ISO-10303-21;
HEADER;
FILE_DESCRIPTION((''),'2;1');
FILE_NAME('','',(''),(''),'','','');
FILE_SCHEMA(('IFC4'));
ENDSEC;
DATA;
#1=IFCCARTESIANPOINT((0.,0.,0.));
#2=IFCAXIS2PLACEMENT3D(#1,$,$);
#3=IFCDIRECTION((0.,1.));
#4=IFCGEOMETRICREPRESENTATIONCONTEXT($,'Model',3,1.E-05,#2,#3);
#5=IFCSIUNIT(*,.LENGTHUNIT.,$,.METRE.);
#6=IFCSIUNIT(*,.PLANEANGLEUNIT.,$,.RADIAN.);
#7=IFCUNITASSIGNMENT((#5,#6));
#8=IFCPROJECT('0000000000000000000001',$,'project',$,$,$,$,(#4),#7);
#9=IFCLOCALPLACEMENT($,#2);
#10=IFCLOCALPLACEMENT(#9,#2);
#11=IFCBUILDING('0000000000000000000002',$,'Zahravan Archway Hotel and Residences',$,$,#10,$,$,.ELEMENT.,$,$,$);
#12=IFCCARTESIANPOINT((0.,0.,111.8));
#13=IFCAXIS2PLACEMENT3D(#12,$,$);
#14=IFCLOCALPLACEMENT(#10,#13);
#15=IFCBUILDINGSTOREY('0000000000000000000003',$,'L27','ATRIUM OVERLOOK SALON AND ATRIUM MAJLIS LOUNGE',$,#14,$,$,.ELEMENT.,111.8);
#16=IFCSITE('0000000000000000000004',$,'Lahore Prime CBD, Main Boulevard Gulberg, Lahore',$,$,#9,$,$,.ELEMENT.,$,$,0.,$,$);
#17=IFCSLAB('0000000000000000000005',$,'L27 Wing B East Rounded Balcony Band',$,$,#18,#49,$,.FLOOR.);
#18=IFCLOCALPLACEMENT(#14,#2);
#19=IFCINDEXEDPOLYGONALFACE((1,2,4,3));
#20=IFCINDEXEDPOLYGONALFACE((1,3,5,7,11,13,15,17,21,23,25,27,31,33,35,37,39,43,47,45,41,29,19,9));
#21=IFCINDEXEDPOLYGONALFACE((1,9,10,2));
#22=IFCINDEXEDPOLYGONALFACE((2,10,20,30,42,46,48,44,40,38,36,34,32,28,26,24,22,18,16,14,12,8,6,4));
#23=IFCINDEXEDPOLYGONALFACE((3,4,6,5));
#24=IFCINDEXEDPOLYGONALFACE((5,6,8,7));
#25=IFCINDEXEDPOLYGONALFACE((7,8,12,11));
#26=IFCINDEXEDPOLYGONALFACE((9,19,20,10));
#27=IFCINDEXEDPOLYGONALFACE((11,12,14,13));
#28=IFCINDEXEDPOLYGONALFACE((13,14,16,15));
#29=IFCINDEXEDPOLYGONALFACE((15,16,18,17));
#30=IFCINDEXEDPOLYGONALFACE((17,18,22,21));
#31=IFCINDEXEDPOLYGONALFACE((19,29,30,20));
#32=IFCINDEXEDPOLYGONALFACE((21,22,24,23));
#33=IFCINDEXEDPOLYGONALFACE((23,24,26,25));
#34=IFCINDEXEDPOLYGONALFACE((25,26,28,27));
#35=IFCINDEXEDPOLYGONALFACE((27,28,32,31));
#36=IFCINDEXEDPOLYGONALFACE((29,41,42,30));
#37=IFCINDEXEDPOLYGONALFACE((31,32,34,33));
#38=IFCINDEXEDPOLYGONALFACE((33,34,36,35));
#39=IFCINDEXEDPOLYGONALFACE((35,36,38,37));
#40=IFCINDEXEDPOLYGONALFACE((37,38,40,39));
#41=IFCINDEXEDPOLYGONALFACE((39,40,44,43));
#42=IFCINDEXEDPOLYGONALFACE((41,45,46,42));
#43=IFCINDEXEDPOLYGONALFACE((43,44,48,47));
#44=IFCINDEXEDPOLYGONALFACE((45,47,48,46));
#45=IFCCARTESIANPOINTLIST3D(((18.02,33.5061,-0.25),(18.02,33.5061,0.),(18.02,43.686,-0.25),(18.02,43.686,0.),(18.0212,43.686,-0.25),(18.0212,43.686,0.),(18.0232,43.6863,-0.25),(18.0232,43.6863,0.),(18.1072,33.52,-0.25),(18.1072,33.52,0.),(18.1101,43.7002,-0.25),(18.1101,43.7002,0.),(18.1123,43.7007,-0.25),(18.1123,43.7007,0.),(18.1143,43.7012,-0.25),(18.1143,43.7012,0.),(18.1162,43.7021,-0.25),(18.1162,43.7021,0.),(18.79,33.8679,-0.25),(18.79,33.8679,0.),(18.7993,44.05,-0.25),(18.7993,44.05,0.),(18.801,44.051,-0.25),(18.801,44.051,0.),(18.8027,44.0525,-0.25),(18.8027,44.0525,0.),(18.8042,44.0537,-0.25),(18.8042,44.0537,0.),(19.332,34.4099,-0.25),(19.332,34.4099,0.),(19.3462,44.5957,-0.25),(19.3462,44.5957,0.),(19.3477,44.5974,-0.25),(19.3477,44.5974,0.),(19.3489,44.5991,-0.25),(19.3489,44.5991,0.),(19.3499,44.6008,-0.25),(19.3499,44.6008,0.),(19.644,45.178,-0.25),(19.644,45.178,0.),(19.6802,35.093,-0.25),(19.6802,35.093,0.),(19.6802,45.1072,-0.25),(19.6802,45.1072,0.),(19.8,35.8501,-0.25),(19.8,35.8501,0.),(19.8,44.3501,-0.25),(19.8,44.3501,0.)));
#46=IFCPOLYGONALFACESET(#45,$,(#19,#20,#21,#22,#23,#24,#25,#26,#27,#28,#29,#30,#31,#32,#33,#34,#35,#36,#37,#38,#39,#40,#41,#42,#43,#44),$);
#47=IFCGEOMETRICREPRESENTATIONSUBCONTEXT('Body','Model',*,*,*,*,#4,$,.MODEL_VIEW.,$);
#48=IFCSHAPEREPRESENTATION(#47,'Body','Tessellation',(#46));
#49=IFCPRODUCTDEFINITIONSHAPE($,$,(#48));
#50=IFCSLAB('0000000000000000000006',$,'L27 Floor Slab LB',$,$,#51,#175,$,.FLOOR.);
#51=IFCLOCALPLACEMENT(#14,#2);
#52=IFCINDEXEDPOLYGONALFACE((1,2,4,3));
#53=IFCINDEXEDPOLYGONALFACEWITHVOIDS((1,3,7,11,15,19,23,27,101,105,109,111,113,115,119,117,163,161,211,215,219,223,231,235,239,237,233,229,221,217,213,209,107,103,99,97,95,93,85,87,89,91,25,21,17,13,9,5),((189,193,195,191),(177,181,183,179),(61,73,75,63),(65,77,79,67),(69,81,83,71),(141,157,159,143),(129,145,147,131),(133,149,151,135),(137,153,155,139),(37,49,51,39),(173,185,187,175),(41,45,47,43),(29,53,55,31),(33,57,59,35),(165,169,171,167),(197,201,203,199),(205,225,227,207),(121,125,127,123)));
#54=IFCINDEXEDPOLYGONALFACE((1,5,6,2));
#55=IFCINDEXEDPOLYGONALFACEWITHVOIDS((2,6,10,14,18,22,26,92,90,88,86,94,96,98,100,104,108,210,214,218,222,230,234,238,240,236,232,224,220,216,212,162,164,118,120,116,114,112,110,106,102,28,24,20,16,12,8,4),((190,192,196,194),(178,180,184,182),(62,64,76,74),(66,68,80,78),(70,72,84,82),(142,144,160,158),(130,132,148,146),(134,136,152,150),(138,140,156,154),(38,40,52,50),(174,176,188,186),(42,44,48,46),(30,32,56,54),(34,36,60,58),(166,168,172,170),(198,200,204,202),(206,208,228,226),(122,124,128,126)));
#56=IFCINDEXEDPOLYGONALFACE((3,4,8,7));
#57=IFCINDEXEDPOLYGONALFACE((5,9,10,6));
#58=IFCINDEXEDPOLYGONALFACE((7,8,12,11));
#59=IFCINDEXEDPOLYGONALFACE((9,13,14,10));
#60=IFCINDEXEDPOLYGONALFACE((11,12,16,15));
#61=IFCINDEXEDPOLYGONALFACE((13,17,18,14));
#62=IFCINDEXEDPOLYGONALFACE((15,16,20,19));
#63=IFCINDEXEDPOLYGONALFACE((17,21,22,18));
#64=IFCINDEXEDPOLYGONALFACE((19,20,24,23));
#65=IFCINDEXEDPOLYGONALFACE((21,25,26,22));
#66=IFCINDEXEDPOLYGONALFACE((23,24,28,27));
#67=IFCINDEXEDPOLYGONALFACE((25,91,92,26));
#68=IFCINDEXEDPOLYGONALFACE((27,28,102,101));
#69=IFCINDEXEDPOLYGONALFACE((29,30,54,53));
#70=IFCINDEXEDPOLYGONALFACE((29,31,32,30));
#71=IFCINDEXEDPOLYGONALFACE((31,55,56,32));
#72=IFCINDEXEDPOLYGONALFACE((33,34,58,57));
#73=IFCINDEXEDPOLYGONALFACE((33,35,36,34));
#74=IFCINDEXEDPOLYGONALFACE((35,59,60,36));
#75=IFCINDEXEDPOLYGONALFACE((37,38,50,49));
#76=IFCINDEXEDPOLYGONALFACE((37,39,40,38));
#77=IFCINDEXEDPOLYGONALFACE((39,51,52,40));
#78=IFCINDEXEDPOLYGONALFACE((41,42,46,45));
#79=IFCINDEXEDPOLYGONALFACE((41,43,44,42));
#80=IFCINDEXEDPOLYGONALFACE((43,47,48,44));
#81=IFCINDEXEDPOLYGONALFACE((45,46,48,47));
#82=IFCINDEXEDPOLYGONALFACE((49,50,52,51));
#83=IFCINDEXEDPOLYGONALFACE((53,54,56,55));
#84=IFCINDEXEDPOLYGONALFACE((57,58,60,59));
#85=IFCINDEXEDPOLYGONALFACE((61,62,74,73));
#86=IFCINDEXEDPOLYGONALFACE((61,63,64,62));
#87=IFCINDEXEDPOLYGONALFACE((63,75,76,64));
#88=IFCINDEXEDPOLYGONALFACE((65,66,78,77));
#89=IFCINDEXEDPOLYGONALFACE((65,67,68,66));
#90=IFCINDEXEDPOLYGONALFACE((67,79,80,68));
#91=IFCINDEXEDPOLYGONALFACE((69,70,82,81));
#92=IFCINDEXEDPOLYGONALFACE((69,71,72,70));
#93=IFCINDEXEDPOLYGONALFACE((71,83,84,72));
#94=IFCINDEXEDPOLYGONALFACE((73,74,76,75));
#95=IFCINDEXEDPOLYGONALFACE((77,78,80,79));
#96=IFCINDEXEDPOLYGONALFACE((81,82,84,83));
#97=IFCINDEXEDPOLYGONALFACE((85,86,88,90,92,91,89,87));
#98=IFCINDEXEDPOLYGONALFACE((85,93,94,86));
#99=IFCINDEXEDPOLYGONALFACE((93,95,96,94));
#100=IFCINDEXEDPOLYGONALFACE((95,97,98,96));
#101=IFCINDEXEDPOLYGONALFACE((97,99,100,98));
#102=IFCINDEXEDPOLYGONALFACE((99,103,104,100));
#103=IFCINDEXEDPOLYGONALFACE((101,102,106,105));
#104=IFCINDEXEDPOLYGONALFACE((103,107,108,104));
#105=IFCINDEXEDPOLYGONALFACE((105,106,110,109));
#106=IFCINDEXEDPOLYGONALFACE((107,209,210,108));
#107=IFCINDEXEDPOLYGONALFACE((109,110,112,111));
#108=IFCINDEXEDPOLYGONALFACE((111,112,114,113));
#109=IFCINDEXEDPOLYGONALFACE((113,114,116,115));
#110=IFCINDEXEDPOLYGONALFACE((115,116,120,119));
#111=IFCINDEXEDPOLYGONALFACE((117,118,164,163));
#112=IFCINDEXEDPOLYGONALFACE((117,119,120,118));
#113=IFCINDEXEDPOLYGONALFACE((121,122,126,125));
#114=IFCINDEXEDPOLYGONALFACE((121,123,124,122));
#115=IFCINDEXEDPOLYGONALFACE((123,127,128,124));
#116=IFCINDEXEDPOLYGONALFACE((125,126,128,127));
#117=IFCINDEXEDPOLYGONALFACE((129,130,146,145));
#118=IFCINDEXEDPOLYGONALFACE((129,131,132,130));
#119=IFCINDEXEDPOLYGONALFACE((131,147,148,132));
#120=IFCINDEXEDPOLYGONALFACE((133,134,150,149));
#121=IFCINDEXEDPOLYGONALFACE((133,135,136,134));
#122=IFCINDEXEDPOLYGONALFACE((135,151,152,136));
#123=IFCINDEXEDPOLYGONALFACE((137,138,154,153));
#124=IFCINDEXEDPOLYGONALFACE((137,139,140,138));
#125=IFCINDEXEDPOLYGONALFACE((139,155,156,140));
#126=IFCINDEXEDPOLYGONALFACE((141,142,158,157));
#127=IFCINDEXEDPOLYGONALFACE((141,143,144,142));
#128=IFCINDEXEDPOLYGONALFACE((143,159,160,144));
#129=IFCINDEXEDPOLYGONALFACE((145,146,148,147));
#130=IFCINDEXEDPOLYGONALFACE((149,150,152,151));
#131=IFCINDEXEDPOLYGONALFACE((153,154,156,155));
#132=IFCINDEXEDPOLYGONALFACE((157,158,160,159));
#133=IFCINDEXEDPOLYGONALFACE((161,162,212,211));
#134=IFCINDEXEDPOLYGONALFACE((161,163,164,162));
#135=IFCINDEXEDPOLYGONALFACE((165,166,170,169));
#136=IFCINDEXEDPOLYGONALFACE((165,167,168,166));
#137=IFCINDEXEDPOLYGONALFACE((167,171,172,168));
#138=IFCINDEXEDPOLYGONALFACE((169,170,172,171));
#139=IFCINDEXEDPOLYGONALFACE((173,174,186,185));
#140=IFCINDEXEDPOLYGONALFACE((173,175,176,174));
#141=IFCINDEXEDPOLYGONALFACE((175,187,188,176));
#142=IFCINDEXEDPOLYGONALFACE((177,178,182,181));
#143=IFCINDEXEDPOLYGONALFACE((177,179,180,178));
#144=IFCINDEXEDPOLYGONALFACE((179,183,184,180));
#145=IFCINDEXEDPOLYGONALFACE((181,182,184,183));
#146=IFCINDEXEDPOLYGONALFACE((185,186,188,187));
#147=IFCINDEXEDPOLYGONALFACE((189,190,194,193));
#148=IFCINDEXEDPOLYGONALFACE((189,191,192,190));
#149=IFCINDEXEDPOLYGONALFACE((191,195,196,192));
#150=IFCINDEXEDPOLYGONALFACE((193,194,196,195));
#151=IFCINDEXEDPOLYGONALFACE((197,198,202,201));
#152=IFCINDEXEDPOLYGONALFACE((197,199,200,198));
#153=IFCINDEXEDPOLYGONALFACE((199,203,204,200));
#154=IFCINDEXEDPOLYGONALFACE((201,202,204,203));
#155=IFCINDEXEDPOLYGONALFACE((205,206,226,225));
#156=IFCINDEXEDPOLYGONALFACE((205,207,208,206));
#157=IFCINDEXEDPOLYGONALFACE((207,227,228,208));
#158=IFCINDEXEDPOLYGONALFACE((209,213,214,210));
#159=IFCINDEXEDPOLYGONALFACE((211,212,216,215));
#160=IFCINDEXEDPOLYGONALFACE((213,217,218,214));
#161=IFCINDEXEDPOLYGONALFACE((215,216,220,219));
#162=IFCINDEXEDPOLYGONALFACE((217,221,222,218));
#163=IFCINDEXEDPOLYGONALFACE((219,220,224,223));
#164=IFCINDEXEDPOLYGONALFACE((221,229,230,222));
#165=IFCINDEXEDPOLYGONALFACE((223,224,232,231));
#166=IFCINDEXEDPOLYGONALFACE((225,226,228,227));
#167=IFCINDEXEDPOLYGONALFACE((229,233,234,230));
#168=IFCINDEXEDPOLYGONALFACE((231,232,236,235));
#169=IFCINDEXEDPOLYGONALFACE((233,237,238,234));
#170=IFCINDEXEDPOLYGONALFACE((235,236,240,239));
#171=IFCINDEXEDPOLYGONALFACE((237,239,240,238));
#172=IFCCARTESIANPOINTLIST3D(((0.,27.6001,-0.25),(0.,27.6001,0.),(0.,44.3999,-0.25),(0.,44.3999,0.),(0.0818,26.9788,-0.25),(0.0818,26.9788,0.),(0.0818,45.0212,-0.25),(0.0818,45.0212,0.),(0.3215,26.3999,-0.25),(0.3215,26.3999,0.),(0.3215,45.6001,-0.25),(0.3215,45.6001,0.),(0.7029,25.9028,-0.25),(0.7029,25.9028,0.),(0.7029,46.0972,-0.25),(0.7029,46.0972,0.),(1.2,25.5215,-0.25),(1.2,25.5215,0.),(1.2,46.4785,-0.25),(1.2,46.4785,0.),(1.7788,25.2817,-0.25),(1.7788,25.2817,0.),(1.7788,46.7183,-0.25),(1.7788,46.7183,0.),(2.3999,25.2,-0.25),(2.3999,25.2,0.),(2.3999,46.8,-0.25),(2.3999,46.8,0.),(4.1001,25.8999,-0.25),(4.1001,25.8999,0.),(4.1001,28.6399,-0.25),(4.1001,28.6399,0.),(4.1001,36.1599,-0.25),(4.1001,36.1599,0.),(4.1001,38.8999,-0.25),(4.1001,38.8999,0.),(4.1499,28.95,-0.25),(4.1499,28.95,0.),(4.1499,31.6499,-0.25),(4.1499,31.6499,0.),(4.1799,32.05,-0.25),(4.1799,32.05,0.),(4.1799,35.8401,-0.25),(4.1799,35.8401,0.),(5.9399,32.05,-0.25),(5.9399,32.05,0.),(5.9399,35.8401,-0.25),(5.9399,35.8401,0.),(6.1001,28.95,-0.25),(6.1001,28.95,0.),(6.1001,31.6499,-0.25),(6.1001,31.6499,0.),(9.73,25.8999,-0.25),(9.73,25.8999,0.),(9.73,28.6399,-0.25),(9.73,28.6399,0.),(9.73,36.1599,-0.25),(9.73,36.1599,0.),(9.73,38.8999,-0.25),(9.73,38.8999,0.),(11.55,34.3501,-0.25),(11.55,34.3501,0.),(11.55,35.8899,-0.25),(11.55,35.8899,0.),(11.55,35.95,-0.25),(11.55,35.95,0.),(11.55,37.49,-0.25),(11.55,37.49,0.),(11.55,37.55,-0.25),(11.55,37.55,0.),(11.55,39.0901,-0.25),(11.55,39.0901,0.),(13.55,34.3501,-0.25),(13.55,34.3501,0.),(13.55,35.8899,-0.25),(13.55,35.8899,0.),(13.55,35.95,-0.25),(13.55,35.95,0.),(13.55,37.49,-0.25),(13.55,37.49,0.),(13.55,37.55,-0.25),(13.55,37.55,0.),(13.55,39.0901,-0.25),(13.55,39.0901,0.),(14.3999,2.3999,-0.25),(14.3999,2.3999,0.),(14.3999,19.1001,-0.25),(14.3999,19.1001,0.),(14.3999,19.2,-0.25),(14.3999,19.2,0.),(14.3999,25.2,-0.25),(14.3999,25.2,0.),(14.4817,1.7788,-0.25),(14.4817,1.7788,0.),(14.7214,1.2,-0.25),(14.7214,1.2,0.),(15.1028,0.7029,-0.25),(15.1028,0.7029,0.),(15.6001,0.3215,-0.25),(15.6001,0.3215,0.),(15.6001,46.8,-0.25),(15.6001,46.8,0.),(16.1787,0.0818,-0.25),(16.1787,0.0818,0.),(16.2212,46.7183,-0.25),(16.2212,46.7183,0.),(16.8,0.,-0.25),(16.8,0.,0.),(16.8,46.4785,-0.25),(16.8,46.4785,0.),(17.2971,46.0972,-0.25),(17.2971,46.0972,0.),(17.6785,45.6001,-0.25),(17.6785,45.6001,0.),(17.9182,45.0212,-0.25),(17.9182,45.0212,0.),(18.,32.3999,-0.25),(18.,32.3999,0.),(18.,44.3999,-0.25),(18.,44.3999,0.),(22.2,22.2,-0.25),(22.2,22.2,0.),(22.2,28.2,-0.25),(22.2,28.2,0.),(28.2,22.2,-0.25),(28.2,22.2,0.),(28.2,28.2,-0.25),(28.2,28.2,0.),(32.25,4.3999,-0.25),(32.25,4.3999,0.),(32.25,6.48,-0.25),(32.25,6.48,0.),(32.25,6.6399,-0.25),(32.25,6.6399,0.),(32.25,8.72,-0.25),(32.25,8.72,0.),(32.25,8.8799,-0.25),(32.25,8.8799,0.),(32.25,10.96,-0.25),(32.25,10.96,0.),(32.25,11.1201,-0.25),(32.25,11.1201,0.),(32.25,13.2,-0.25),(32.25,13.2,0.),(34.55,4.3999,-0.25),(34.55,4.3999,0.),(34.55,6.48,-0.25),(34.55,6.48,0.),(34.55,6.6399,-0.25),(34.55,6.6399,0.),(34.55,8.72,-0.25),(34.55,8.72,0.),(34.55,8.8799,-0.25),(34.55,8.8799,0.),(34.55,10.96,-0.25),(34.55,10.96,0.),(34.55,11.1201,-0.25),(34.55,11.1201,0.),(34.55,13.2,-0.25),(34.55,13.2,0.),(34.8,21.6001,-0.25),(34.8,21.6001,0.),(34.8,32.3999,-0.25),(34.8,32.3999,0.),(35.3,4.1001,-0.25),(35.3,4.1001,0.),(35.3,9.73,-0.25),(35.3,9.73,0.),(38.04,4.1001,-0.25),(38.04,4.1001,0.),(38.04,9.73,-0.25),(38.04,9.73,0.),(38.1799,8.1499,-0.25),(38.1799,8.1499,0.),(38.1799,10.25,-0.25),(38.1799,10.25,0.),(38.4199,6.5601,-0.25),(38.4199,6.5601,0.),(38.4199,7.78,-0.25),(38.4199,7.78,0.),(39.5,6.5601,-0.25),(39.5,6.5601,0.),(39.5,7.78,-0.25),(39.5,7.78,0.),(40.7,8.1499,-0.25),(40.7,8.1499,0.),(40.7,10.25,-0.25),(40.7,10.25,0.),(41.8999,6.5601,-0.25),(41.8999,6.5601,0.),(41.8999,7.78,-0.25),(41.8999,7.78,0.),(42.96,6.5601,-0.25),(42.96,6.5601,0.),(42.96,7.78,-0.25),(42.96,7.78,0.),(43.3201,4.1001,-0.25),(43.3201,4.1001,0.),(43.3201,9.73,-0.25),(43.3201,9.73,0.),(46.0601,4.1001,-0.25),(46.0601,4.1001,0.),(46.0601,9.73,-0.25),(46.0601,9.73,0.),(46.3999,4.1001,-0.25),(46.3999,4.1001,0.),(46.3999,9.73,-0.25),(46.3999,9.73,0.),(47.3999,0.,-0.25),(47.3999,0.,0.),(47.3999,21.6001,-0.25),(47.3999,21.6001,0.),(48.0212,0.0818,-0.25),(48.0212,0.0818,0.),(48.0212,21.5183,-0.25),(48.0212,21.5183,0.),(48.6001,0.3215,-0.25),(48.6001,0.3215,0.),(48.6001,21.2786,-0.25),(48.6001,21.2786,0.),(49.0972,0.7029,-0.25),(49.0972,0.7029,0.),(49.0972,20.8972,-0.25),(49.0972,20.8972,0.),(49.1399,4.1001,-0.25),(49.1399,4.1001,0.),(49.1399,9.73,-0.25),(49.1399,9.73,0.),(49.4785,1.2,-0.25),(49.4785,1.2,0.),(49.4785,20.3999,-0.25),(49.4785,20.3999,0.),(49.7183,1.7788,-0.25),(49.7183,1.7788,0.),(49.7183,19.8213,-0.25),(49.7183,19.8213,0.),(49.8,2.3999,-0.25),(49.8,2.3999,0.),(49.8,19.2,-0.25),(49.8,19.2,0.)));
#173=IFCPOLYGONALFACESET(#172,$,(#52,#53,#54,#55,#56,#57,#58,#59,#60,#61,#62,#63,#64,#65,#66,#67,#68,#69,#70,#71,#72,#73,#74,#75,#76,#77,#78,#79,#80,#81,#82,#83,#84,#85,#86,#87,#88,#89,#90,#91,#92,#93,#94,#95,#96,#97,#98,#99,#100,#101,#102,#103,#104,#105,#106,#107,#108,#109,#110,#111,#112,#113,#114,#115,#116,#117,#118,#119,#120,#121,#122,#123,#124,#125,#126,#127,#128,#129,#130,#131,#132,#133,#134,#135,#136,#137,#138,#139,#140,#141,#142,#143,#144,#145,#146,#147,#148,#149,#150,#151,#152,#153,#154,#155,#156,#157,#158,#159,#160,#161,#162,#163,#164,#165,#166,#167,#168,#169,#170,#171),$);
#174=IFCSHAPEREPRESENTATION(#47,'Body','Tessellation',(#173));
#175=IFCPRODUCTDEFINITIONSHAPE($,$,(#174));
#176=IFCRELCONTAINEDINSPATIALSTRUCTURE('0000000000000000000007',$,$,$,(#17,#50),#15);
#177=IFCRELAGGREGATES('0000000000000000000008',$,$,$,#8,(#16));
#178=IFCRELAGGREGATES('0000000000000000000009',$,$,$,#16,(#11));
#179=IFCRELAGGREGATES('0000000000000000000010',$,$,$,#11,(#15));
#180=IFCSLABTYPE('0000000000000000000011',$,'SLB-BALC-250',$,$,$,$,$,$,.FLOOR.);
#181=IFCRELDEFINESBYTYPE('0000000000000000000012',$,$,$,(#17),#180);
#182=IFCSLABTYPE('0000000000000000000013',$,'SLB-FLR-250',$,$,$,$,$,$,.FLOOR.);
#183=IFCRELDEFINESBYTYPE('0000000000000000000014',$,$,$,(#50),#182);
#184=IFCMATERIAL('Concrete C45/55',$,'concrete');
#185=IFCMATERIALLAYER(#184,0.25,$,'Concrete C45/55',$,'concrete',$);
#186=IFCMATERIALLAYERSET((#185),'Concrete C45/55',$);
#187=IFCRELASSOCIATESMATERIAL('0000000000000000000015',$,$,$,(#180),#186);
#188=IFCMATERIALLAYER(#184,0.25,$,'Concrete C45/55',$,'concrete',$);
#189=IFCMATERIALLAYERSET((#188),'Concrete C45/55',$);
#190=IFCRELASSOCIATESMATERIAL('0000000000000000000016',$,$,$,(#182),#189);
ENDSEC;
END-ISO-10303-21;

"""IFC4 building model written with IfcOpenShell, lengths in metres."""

from ifc_helpers import new_model, si_unit, direction, frame, origin, place, context, subcontext, project, spatial, polyline, outline, extrude, material, layer, layer_set, type_object, element, save


model = new_model("IFC4")

# Units and contexts
model_context = context("Model", 3, precision=1e-05, world=origin(), true_north=direction((0.0, 1.0)))
body_context = subcontext(model_context, "Body", "Model", "MODEL_VIEW")
ifc_project = project(units=[si_unit("LENGTHUNIT", "METRE"), si_unit("PLANEANGLEUNIT", "RADIAN")], contexts=[model_context])

# Site, building, storey
site_placement = place(None, origin())
site = spatial("IfcSite", under=ifc_project, at=site_placement, Name="Lahore Prime CBD, Main Boulevard Gulberg, Lahore", CompositionType="ELEMENT", RefElevation=0.0)
building_placement = place(site_placement, origin())
building = spatial("IfcBuilding", under=site, at=building_placement, Name="Zahravan Archway Hotel and Residences", CompositionType="ELEMENT")
storey_placement = place(building_placement, frame((0.0, 0.0, 111.8)))
storey = spatial("IfcBuildingStorey", under=building, at=storey_placement, Name="L27", Description="ATRIUM OVERLOOK SALON AND ATRIUM MAJLIS LOUNGE", CompositionType="ELEMENT", Elevation=111.8)

# Slabs
ifc_material_1 = material(Name="Concrete C45/55", Category="concrete")
ifc_layer_1 = layer(ifc_material_1, 0.25, Name="Concrete C45/55", Category="concrete")
ifc_layer_set_1 = layer_set([ifc_layer_1], Name="Concrete C45/55")
slab_type_1 = type_object("IfcSlabType", Name="SLB-BALC-250", PredefinedType="FLOOR", material=ifc_layer_set_1)
slab_1_placement = place(storey_placement, frame((0.0, 0.0, -0.25)))
element("IfcSlab", 1, at=slab_1_placement, inside=storey, type_object=slab_type_1, Name="L27 Wing B East Rounded Balcony Band", PredefinedType="FLOOR", context=body_context, shape_type="SweptSolid", body=[
    extrude(outline(polyline([(19.6802, 45.1072), (19.8, 44.3501), (19.8, 35.8501), (19.6802, 35.093), (19.332, 34.4099), (18.79, 33.8679), (18.1072, 33.52), (18.02, 33.5061), (18.02, 43.686), (18.0212, 43.686), (18.0232, 43.6863), (18.1101, 43.7002), (18.1123, 43.7007), (18.1143, 43.7012), (18.1162, 43.7021), (18.7993, 44.05), (18.801, 44.051), (18.8027, 44.0525), (18.8042, 44.0537), (19.3462, 44.5957), (19.3477, 44.5974), (19.3489, 44.5991), (19.3499, 44.6008), (19.644, 45.178), (19.6802, 45.1072)])), origin(), (0.0, 0.0, 1.0), 0.25),
])
ifc_layer_2 = layer(ifc_material_1, 0.25, Name="Concrete C45/55", Category="concrete")
ifc_layer_set_2 = layer_set([ifc_layer_2], Name="Concrete C45/55")
slab_type_2 = type_object("IfcSlabType", Name="SLB-FLR-250", PredefinedType="FLOOR", material=ifc_layer_set_2)
slab_2_placement = place(storey_placement, frame((0.0, 0.0, -0.25)))
element("IfcSlab", 2, at=slab_2_placement, inside=storey, type_object=slab_type_2, Name="L27 Floor Slab LB", PredefinedType="FLOOR", context=body_context, shape_type="SweptSolid", body=[
    extrude(outline(polyline([(34.8, 21.6001), (34.8, 32.3999), (18.0, 32.3999), (18.0, 44.3999), (17.9182, 45.0212), (17.6785, 45.6001), (17.2971, 46.0972), (16.8, 46.4785), (16.2212, 46.7183), (15.6001, 46.8), (2.3999, 46.8), (1.7788, 46.7183), (1.2, 46.4785), (0.7029, 46.0972), (0.3215, 45.6001), (0.0818, 45.0212), (0.0, 44.3999), (0.0, 27.6001), (0.0818, 26.9788), (0.3215, 26.3999), (0.7029, 25.9028), (1.2, 25.5215), (1.7788, 25.2817), (2.3999, 25.2), (14.3999, 25.2), (14.3999, 19.2), (14.3999, 19.1001), (14.3999, 2.3999), (14.4817, 1.7788), (14.7214, 1.2), (15.1028, 0.7029), (15.6001, 0.3215), (16.1787, 0.0818), (16.8, 0.0), (47.3999, 0.0), (48.0212, 0.0818), (48.6001, 0.3215), (49.0972, 0.7029), (49.4785, 1.2), (49.7183, 1.7788), (49.8, 2.3999), (49.8, 19.2), (49.7183, 19.8213), (49.4785, 20.3999), (49.0972, 20.8972), (48.6001, 21.2786), (48.0212, 21.5183), (47.3999, 21.6001), (34.8, 21.6001)]), holes=[polyline([(35.3, 9.73), (35.3, 4.1001), (38.04, 4.1001), (38.04, 9.73), (35.3, 9.73)]), polyline([(43.3201, 9.73), (43.3201, 4.1001), (46.0601, 4.1001), (46.0601, 9.73), (43.3201, 9.73)]), polyline([(46.3999, 9.73), (46.3999, 4.1001), (49.1399, 4.1001), (49.1399, 9.73), (46.3999, 9.73)]), polyline([(9.73, 28.6399), (4.1001, 28.6399), (4.1001, 25.8999), (9.73, 25.8999), (9.73, 28.6399)]), polyline([(9.73, 38.8999), (4.1001, 38.8999), (4.1001, 36.1599), (9.73, 36.1599), (9.73, 38.8999)]), polyline([(38.1799, 8.1499), (40.7, 8.1499), (40.7, 10.25), (38.1799, 10.25), (38.1799, 8.1499)]), polyline([(4.1499, 28.95), (6.1001, 28.95), (6.1001, 31.6499), (4.1499, 31.6499), (4.1499, 28.95)]), polyline([(11.55, 34.3501), (13.55, 34.3501), (13.55, 35.8899), (11.55, 35.8899), (11.55, 34.3501)]), polyline([(11.55, 35.95), (13.55, 35.95), (13.55, 37.49), (11.55, 37.49), (11.55, 35.95)]), polyline([(11.55, 37.55), (13.55, 37.55), (13.55, 39.0901), (11.55, 39.0901), (11.55, 37.55)]), polyline([(32.25, 4.3999), (34.55, 4.3999), (34.55, 6.48), (32.25, 6.48), (32.25, 4.3999)]), polyline([(32.25, 6.6399), (34.55, 6.6399), (34.55, 8.72), (32.25, 8.72), (32.25, 6.6399)]), polyline([(32.25, 8.8799), (34.55, 8.8799), (34.55, 10.96), (32.25, 10.96), (32.25, 8.8799)]), polyline([(32.25, 11.1201), (34.55, 11.1201), (34.55, 13.2), (32.25, 13.2), (32.25, 11.1201)]), polyline([(22.2, 22.2), (28.2, 22.2), (28.2, 28.2), (22.2, 28.2), (22.2, 22.2)]), polyline([(38.4199, 6.5601), (39.5, 6.5601), (39.5, 7.78), (38.4199, 7.78), (38.4199, 6.5601)]), polyline([(41.8999, 6.5601), (42.96, 6.5601), (42.96, 7.78), (41.8999, 7.78), (41.8999, 6.5601)]), polyline([(4.1799, 32.05), (5.9399, 32.05), (5.9399, 35.8401), (4.1799, 35.8401), (4.1799, 32.05)])]), origin(), (0.0, 0.0, 1.0), 0.25),
])

save(model, "model.ifc")
